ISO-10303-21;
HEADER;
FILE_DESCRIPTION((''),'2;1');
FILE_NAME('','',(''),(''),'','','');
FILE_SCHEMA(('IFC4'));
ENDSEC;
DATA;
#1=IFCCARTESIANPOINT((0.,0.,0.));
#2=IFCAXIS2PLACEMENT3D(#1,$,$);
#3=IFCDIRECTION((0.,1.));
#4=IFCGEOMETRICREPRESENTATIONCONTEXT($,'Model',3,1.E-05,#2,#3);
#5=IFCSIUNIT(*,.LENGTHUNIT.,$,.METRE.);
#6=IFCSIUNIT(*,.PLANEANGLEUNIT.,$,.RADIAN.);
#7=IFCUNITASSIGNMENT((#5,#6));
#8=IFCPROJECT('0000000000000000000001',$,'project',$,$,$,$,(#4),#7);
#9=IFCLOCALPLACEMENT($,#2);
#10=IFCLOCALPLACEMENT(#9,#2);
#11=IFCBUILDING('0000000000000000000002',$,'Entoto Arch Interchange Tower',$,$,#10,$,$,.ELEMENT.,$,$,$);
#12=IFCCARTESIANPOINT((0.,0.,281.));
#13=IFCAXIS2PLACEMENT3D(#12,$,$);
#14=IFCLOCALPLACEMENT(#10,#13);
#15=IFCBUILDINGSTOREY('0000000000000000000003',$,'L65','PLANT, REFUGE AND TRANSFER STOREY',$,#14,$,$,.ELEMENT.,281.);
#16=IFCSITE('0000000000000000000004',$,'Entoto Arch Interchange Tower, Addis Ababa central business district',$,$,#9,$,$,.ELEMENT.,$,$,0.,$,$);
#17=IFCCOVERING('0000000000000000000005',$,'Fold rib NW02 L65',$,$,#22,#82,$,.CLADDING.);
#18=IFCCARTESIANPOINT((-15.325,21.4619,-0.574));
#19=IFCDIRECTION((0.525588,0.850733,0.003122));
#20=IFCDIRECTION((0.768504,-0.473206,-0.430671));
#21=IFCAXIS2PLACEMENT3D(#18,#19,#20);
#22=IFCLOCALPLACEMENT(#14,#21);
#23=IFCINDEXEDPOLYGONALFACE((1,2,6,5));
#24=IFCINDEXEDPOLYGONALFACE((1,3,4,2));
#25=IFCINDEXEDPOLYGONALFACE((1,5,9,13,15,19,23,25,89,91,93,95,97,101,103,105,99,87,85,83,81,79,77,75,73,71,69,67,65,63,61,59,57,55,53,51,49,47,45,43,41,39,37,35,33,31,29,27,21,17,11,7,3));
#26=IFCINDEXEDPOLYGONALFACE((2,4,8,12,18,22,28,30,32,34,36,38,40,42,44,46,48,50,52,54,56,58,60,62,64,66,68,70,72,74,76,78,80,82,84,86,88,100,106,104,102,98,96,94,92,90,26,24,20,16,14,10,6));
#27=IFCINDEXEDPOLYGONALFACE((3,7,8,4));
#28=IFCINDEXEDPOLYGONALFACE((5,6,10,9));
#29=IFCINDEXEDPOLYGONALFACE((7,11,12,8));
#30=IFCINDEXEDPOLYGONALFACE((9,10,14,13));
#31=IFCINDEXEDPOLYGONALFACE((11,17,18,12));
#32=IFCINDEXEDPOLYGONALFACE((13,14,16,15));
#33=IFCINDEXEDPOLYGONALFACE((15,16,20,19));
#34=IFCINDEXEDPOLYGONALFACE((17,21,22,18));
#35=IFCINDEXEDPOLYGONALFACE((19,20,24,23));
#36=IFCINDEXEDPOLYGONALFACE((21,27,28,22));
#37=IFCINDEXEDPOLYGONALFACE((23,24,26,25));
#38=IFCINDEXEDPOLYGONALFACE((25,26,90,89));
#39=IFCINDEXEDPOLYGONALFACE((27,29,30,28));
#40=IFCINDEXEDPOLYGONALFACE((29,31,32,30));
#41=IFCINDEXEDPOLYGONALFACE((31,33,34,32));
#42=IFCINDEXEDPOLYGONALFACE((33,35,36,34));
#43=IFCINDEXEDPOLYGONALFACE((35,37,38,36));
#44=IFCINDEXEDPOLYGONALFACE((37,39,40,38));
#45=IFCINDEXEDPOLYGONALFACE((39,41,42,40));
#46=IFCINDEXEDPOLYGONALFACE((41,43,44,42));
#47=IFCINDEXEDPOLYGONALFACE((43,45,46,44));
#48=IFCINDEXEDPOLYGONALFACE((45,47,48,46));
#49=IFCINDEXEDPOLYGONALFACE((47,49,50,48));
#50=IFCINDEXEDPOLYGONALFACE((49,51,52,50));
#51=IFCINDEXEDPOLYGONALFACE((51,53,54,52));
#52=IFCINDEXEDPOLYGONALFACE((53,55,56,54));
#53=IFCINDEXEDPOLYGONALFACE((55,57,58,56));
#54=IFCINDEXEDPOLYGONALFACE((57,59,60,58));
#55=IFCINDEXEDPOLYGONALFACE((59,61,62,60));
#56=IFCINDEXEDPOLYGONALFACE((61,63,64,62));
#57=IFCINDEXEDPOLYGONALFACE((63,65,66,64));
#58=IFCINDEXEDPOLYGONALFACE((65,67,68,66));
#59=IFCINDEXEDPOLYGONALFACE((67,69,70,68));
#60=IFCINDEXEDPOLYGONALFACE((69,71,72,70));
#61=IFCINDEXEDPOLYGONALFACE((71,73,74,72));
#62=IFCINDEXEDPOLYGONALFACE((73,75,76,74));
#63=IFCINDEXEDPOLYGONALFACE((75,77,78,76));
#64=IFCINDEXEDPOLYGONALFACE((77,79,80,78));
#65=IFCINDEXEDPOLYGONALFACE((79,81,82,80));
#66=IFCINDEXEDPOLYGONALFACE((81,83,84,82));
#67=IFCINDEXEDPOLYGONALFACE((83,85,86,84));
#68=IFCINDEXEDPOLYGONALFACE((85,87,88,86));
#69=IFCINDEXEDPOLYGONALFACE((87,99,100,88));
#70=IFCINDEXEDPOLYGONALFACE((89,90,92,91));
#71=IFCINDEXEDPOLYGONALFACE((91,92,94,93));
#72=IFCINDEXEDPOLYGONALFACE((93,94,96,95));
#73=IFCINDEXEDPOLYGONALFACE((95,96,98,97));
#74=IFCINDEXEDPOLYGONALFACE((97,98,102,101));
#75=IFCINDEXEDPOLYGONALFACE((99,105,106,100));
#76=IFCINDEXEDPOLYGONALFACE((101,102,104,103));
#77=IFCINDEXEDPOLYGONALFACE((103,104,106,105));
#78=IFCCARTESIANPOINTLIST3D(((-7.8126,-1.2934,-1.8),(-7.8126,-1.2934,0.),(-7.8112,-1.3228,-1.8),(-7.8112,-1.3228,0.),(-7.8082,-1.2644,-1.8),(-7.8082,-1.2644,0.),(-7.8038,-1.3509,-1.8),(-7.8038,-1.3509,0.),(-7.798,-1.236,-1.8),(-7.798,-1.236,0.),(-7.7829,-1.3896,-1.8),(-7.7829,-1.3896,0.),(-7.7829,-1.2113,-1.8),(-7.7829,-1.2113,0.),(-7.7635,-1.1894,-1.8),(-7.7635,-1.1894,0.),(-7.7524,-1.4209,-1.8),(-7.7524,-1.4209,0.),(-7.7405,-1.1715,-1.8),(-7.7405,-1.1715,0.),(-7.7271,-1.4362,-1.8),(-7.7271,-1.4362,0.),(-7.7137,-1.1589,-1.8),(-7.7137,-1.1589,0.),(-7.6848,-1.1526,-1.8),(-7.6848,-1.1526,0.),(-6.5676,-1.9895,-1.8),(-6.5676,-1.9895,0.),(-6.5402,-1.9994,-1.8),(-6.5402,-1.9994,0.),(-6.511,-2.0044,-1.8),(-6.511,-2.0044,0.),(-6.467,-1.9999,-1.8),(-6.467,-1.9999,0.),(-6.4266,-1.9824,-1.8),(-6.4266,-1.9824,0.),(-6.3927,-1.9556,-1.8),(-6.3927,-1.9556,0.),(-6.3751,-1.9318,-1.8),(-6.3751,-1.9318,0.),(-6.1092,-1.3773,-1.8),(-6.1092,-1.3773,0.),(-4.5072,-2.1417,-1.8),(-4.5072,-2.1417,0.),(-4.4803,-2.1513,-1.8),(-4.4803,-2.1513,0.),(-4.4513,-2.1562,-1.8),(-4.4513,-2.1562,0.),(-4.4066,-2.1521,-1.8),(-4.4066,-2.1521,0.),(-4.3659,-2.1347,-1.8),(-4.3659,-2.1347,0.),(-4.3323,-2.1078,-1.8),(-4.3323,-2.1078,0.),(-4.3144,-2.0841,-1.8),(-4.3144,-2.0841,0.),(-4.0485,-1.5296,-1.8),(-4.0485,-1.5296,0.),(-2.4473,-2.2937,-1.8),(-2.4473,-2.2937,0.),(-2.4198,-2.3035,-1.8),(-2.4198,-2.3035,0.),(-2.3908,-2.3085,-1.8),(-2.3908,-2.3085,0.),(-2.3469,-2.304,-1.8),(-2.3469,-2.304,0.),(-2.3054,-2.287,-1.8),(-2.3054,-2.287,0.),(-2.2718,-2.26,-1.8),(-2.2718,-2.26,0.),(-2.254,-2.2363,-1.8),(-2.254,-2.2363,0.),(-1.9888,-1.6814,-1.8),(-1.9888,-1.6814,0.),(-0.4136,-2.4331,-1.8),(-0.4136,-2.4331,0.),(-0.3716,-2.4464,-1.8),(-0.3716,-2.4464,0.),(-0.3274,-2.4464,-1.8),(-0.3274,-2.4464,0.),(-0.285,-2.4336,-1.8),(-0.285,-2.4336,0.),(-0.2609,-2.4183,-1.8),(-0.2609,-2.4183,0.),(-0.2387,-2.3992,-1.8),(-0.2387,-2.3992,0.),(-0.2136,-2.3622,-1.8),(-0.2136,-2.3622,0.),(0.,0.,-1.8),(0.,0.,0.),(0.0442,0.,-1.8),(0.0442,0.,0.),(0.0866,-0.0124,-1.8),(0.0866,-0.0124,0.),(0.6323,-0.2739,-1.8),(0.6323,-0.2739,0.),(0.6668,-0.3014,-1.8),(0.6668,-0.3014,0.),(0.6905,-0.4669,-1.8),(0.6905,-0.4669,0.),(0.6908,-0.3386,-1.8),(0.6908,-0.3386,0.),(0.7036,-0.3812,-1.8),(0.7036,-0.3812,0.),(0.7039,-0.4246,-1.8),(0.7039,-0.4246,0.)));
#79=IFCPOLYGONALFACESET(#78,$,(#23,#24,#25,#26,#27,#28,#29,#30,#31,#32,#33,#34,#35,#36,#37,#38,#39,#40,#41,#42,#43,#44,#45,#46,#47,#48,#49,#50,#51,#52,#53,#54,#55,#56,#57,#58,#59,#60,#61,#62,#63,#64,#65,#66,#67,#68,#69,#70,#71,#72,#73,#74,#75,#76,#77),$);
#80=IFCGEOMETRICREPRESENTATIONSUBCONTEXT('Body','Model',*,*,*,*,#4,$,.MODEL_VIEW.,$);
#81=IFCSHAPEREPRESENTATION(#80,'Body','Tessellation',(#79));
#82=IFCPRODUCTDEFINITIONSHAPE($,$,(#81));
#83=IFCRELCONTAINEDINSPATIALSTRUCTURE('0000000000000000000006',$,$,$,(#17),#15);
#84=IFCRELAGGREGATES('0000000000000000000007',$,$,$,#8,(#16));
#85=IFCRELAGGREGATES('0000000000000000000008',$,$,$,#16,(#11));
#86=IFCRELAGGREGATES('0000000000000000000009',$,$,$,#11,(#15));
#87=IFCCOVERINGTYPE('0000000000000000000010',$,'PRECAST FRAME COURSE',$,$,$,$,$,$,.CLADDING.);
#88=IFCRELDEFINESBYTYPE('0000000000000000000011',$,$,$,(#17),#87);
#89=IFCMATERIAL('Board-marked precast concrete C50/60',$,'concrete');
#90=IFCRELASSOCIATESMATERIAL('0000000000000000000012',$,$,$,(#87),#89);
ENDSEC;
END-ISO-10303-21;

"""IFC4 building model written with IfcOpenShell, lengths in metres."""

from ifc_helpers import new_model, si_unit, direction, frame, origin, place, context, subcontext, project, spatial, polyline, outline, extrude, material, type_object, element, save


model = new_model("IFC4")

# Units and contexts
model_context = context("Model", 3, precision=1e-05, world=origin(), true_north=direction((0.0, 1.0)))
body_context = subcontext(model_context, "Body", "Model", "MODEL_VIEW")
ifc_project = project(units=[si_unit("LENGTHUNIT", "METRE"), si_unit("PLANEANGLEUNIT", "RADIAN")], contexts=[model_context])

# Site, building, storey
site_placement = place(None, origin())
site = spatial("IfcSite", under=ifc_project, at=site_placement, Name="Entoto Arch Interchange Tower, Addis Ababa central business district", CompositionType="ELEMENT", RefElevation=0.0)
building_placement = place(site_placement, origin())
building = spatial("IfcBuilding", under=site, at=building_placement, Name="Entoto Arch Interchange Tower", CompositionType="ELEMENT")
storey_placement = place(building_placement, frame((0.0, 0.0, 281.0)))
storey = spatial("IfcBuildingStorey", under=building, at=storey_placement, Name="L65", Description="PLANT, REFUGE AND TRANSFER STOREY", CompositionType="ELEMENT", Elevation=281.0)

# Shared definitions
ifc_material_1 = material(Name="Board-marked precast concrete C50/60", Category="concrete")

# Covering
covering_type = type_object("IfcCoveringType", Name="PRECAST FRAME COURSE", PredefinedType="CLADDING", material=ifc_material_1)
covering_placement = place(storey_placement, frame((-15.325, 21.4619, -0.574), z_axis=(0.525588, 0.850733, 0.003122), x_axis=(0.768504, -0.473206, -0.430671)))
element("IfcCovering", 1, at=covering_placement, inside=storey, type_object=covering_type, Name="Fold rib NW02 L65", PredefinedType="CLADDING", context=body_context, shape_type="SweptSolid", body=[
    extrude(outline(polyline([(0.0, 0.0), (0.0442, 0.0), (0.0866, -0.0124), (0.6323, -0.2739), (0.6668, -0.3014), (0.6908, -0.3386), (0.7036, -0.3812), (0.7039, -0.4246), (0.6905, -0.4669), (-0.2136, -2.3622), (-0.2387, -2.3992), (-0.2609, -2.4183), (-0.285, -2.4336), (-0.3274, -2.4464), (-0.3716, -2.4464), (-0.4136, -2.4331), (-1.9888, -1.6814), (-2.254, -2.2363), (-2.2718, -2.26), (-2.3054, -2.287), (-2.3469, -2.304), (-2.3908, -2.3085), (-2.4198, -2.3035), (-2.4473, -2.2937), (-4.0485, -1.5296), (-4.3144, -2.0841), (-4.3323, -2.1078), (-4.3659, -2.1347), (-4.4066, -2.1521), (-4.4513, -2.1562), (-4.4803, -2.1513), (-4.5072, -2.1417), (-6.1092, -1.3773), (-6.3751, -1.9318), (-6.3927, -1.9556), (-6.4266, -1.9824), (-6.467, -1.9999), (-6.511, -2.0044), (-6.5402, -1.9994), (-6.5676, -1.9895), (-7.7271, -1.4362), (-7.7524, -1.4209), (-7.7829, -1.3896), (-7.8038, -1.3509), (-7.8112, -1.3228), (-7.8126, -1.2934), (-7.8082, -1.2644), (-7.798, -1.236), (-7.7829, -1.2113), (-7.7635, -1.1894), (-7.7405, -1.1715), (-7.7137, -1.1589), (-7.6848, -1.1526), (0.0, 0.0)])), origin(), (0.0, 0.0, -1.0), 1.8),
])

save(model, "model.ifc")
